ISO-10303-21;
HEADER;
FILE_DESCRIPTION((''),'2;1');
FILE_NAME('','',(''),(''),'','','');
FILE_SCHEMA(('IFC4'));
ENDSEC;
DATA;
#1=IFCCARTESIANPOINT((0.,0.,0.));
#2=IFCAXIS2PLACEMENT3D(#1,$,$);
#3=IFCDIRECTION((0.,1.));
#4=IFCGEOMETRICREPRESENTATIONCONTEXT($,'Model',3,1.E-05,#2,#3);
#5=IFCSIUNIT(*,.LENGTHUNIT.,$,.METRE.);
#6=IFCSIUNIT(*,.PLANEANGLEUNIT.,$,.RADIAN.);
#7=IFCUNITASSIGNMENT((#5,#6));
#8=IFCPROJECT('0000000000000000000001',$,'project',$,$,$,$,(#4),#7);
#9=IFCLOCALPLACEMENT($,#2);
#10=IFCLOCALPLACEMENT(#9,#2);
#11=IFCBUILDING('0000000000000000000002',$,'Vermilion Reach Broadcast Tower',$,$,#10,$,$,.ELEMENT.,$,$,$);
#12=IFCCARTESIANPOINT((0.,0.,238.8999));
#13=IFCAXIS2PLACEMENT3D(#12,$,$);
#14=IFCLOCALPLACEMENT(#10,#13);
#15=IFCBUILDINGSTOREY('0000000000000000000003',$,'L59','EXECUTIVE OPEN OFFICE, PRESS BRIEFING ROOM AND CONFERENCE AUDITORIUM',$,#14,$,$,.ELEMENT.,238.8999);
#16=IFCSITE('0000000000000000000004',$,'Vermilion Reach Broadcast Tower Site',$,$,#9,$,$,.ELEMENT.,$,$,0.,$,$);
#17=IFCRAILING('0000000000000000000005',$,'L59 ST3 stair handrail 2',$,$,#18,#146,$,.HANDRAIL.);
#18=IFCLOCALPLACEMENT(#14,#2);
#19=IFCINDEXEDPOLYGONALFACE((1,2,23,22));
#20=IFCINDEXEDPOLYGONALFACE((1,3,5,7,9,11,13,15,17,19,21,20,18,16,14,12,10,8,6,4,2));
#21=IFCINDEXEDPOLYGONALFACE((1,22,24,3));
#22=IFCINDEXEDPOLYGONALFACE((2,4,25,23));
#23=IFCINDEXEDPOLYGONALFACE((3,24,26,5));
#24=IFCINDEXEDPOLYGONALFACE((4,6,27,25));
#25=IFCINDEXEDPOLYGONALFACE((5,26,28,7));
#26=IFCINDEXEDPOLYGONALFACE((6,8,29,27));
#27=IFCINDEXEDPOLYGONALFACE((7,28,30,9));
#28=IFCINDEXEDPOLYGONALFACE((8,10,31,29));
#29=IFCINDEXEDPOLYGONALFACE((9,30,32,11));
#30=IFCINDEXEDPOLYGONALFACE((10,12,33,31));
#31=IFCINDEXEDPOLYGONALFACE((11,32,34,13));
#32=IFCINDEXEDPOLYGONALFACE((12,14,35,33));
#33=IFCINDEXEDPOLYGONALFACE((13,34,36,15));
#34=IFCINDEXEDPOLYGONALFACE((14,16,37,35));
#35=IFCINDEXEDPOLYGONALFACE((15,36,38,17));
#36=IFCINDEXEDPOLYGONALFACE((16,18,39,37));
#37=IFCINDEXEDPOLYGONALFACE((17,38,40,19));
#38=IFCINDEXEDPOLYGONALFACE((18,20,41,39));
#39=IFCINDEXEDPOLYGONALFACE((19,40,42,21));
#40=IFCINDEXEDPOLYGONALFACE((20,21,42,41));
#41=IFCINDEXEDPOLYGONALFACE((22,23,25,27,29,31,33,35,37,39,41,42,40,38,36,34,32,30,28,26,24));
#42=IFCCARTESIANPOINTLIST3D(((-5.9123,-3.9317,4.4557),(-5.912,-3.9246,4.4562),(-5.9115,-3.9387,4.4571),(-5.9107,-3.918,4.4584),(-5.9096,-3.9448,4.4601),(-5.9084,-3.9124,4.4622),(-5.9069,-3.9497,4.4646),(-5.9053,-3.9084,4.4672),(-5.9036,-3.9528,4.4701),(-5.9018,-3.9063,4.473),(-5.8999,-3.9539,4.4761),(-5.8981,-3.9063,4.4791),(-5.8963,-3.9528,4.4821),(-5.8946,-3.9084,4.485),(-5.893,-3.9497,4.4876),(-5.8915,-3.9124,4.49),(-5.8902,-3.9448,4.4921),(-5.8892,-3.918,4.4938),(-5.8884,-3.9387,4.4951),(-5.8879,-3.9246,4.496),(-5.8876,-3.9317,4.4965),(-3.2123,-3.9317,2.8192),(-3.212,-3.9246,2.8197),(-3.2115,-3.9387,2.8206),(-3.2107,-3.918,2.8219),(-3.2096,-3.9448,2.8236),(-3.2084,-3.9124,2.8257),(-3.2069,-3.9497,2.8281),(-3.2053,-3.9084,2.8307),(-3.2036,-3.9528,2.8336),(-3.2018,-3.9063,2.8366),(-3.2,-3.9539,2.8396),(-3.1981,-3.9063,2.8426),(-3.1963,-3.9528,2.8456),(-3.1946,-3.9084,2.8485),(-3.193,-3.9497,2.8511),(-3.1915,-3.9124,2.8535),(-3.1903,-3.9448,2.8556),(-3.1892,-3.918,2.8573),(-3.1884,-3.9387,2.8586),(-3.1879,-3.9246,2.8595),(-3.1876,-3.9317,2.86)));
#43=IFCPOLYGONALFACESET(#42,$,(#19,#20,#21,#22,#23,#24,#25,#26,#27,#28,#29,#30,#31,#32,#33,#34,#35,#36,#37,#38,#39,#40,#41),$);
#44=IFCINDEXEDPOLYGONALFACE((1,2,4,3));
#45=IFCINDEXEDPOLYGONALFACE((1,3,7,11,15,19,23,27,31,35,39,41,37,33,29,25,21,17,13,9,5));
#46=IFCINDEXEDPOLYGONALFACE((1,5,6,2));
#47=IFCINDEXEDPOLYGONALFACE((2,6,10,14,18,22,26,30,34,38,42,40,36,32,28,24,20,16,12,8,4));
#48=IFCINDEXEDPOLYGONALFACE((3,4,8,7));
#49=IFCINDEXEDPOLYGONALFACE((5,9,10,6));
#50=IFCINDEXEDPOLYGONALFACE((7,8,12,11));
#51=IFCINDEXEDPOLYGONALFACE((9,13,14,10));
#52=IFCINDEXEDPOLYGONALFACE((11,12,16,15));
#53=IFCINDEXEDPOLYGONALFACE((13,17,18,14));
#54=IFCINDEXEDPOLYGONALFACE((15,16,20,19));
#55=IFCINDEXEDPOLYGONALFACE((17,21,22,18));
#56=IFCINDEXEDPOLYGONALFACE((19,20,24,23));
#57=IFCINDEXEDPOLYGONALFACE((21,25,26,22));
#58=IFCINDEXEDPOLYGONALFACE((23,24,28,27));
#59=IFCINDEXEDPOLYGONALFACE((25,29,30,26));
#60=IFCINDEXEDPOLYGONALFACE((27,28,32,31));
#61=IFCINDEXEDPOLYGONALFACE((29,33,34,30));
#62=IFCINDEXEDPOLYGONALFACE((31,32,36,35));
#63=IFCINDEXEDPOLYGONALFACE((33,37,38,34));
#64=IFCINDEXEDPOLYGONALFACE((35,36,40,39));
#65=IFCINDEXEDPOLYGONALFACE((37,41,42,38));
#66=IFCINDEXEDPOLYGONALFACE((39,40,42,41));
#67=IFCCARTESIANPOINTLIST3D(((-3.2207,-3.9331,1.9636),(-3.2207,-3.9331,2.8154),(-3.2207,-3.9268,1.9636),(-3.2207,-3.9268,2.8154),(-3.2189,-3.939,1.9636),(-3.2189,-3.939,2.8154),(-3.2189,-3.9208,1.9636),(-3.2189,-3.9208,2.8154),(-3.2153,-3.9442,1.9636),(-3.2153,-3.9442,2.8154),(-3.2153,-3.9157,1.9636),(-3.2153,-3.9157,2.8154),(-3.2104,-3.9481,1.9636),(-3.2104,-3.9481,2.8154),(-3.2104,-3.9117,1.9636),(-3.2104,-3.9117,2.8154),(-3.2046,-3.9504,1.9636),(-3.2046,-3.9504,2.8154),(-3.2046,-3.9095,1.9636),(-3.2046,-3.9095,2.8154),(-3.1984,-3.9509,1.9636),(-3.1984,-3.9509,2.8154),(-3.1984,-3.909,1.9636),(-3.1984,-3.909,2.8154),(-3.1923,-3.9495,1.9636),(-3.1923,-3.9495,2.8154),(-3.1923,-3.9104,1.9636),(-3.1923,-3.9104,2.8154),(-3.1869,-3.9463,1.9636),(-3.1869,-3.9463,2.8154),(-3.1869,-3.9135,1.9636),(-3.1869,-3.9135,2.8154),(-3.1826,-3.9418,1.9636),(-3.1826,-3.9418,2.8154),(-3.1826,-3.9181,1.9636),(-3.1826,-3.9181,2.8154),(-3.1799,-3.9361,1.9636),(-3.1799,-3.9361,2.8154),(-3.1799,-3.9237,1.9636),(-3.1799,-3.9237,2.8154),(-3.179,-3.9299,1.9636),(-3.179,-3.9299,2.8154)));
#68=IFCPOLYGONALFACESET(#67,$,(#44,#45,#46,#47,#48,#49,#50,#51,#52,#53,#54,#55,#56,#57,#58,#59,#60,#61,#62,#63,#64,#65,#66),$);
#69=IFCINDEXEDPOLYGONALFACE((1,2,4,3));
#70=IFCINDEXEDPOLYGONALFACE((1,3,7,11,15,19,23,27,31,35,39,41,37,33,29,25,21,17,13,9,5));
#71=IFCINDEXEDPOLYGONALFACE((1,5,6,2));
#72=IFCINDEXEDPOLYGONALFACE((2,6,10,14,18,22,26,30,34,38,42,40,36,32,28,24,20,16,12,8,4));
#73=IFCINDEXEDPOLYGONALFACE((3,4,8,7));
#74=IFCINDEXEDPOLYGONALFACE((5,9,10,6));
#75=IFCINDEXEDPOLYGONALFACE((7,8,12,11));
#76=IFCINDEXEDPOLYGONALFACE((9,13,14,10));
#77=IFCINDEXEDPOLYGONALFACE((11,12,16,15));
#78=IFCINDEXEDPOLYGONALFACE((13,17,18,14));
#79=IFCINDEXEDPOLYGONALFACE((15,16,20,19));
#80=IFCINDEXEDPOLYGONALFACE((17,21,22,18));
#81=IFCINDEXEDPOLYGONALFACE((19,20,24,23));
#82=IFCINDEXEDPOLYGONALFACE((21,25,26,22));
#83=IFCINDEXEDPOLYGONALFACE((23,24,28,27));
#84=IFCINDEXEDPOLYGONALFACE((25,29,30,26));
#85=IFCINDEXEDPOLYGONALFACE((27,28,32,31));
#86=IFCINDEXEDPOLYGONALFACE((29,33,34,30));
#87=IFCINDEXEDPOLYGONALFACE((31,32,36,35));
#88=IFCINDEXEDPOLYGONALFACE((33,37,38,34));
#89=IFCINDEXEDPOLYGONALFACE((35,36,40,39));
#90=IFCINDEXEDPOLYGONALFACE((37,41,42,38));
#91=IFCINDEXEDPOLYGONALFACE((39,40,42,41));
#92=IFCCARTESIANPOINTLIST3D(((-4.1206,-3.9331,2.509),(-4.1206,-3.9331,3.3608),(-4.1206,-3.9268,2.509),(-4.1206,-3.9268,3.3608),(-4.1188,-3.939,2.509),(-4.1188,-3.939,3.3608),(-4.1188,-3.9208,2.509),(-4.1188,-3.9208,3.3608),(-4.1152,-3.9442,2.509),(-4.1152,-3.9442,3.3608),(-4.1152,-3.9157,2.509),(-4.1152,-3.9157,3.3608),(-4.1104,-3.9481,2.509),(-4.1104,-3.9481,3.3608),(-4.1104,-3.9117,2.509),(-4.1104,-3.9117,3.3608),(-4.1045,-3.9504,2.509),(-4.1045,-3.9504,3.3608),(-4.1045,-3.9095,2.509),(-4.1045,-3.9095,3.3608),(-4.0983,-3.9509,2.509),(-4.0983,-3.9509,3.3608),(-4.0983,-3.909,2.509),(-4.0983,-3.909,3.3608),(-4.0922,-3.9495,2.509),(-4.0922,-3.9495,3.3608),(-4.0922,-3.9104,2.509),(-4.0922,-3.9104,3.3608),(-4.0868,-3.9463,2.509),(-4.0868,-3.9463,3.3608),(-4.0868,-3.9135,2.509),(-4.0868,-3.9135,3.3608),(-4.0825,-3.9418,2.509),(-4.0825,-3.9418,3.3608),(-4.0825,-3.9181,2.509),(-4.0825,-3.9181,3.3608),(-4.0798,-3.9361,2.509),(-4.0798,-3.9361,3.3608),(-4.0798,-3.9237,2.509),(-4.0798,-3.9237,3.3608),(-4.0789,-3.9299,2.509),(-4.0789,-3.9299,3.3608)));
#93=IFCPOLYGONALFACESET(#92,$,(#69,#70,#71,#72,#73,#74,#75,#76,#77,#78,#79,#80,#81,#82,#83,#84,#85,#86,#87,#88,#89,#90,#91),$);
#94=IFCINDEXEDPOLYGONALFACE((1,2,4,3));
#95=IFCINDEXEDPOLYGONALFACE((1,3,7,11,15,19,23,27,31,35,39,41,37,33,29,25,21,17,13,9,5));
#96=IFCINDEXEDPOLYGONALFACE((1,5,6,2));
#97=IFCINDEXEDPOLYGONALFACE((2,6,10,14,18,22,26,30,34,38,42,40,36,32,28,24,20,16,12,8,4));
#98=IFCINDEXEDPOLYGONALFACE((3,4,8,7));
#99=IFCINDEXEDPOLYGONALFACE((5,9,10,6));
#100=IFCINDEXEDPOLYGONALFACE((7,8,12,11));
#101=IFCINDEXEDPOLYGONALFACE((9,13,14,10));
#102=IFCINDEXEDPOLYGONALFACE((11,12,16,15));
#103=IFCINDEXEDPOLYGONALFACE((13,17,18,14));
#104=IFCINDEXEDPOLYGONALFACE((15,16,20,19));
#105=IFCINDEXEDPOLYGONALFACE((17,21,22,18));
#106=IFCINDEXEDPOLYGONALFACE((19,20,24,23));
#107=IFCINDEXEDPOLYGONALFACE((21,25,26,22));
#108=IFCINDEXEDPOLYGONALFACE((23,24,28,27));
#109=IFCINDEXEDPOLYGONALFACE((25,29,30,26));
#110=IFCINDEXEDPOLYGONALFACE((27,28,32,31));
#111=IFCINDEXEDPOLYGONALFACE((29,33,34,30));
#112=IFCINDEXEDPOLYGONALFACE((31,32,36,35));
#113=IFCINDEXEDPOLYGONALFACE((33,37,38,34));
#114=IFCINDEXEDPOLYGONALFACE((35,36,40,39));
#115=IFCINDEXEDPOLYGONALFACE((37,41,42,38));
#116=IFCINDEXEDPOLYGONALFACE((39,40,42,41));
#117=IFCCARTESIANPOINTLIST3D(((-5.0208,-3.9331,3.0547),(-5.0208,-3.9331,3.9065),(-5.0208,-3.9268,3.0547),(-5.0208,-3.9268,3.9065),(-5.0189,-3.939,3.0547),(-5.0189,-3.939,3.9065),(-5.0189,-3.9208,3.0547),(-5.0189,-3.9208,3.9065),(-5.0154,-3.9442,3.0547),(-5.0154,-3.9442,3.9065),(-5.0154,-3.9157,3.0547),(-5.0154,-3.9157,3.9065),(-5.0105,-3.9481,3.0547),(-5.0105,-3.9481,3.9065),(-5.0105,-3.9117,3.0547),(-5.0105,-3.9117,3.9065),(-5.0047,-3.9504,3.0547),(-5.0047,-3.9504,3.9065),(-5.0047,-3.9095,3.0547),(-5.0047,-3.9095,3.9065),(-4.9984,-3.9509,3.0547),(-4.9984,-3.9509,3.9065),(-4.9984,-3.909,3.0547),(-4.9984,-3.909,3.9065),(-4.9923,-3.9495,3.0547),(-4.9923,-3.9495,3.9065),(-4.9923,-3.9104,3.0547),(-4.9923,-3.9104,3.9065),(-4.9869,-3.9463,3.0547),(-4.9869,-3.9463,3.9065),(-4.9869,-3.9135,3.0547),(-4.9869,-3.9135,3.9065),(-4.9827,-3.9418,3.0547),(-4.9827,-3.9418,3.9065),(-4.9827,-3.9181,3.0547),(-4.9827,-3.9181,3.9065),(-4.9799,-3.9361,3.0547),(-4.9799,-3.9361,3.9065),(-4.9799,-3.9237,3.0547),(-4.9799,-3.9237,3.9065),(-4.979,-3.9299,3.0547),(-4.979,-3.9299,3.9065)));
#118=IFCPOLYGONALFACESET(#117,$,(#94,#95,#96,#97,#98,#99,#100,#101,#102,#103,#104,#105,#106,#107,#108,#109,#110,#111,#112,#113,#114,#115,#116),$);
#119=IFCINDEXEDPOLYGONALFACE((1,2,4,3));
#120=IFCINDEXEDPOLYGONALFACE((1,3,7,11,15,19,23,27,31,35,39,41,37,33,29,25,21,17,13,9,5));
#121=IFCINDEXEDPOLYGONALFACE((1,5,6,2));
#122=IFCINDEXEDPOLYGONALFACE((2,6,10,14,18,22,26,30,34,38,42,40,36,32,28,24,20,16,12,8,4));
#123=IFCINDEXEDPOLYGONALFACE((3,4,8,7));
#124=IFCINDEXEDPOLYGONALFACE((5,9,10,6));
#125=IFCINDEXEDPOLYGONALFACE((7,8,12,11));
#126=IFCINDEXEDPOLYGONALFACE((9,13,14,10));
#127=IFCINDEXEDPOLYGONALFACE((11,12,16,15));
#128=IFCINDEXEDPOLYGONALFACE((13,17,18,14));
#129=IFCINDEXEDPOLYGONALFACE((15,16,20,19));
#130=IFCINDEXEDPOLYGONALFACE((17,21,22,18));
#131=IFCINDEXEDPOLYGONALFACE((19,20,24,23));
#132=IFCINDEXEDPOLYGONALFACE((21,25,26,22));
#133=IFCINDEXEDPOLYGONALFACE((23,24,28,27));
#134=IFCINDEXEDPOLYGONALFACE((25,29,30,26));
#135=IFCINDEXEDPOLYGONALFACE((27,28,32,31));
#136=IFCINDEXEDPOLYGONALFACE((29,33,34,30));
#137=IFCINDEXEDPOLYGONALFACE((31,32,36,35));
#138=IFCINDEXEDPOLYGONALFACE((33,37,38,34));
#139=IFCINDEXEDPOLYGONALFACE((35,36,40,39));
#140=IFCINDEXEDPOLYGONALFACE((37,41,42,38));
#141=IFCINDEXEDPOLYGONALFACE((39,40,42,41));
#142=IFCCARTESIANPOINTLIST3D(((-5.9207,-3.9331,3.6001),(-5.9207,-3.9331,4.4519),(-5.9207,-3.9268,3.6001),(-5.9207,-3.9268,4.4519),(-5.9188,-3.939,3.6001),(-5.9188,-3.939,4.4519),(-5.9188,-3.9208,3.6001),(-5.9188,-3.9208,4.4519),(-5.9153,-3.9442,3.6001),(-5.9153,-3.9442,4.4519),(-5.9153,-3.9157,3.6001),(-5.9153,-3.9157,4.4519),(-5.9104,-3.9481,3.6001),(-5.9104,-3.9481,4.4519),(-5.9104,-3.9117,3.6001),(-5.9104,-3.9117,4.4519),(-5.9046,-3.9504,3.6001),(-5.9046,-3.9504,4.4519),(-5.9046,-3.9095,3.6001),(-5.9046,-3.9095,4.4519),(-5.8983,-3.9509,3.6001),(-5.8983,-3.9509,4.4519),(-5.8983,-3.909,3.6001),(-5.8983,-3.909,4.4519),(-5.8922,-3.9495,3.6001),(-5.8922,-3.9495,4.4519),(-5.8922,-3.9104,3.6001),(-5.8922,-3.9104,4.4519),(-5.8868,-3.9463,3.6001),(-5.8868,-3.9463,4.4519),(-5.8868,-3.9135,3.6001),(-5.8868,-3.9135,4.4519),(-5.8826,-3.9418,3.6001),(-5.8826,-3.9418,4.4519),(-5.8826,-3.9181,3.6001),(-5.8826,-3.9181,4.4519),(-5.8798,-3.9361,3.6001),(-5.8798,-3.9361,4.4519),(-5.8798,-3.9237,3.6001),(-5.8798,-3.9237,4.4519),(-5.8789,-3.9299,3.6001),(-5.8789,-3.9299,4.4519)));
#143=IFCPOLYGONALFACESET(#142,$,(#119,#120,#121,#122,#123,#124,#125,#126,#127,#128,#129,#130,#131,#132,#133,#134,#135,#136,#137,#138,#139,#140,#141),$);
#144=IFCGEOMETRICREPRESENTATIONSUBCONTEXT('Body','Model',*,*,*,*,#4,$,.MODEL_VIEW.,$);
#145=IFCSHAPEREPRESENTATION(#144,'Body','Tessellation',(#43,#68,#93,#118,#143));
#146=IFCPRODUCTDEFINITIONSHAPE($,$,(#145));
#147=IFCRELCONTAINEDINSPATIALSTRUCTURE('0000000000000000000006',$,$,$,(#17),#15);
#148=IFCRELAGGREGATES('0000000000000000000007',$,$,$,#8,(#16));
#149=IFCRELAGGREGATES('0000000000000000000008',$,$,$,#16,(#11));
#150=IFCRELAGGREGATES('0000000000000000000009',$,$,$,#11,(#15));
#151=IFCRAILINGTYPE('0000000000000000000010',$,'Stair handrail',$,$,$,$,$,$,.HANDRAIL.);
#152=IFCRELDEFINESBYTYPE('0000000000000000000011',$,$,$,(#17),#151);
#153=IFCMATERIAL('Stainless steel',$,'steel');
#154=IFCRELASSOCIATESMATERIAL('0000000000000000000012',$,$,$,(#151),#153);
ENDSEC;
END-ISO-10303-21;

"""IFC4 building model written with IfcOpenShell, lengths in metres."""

from ifc_helpers import new_model, si_unit, direction, frame, origin, origin_2d, place, context, subcontext, project, spatial, circle, extrude, material, type_object, element, save


model = new_model("IFC4")

# Units and contexts
model_context = context("Model", 3, precision=1e-05, world=origin(), true_north=direction((0.0, 1.0)))
body_context = subcontext(model_context, "Body", "Model", "MODEL_VIEW")
ifc_project = project(units=[si_unit("LENGTHUNIT", "METRE"), si_unit("PLANEANGLEUNIT", "RADIAN")], contexts=[model_context])

# Site, building, storey
site_placement = place(None, origin())
site = spatial("IfcSite", under=ifc_project, at=site_placement, Name="Vermilion Reach Broadcast Tower Site", CompositionType="ELEMENT", RefElevation=0.0)
building_placement = place(site_placement, origin())
building = spatial("IfcBuilding", under=site, at=building_placement, Name="Vermilion Reach Broadcast Tower", CompositionType="ELEMENT")
storey_placement = place(building_placement, frame((0.0, 0.0, 238.8999)))
storey = spatial("IfcBuildingStorey", under=building, at=storey_placement, Name="L59", Description="EXECUTIVE OPEN OFFICE, PRESS BRIEFING ROOM AND CONFERENCE AUDITORIUM", CompositionType="ELEMENT", Elevation=238.8999)

# Railing
ifc_material_1 = material(Name="Stainless steel", Category="steel")
railing_type_1 = type_object("IfcRailingType", Name="Stair handrail", PredefinedType="HANDRAIL", material=ifc_material_1)
railing_1_placement = place(storey_placement, frame((-3.2, -3.9299, 1.9636)))
element("IfcRailing", 1, at=railing_1_placement, inside=storey, type_object=railing_type_1, Name="L59 ST3 stair handrail 2", PredefinedType="HANDRAIL", context=body_context, shape_type="SweptSolid", body=[
    extrude(circle(Radius=0.0239, at=origin_2d()), frame((0.0, 0.0, 0.876), z_axis=(-0.855178, 0.0, 0.518334), x_axis=(0.0, -1.0, 0.0)), (0.0, 0.0, 1.0), 3.1572),
    extrude(circle(Radius=0.021, at=origin_2d()), origin(), (0.0, 0.0, 1.0), 0.8518),
    extrude(circle(Radius=0.021, at=origin_2d()), frame((-0.8999, 0.0, 0.5454)), (0.0, 0.0, 1.0), 0.8518),
    extrude(circle(Radius=0.021, at=origin_2d()), frame((-1.8, 0.0, 1.0911)), (0.0, 0.0, 1.0), 0.8518),
    extrude(circle(Radius=0.021, at=origin_2d()), frame((-2.7, 0.0, 1.6365)), (0.0, 0.0, 1.0), 0.8518),
])

save(model, "model.ifc")
